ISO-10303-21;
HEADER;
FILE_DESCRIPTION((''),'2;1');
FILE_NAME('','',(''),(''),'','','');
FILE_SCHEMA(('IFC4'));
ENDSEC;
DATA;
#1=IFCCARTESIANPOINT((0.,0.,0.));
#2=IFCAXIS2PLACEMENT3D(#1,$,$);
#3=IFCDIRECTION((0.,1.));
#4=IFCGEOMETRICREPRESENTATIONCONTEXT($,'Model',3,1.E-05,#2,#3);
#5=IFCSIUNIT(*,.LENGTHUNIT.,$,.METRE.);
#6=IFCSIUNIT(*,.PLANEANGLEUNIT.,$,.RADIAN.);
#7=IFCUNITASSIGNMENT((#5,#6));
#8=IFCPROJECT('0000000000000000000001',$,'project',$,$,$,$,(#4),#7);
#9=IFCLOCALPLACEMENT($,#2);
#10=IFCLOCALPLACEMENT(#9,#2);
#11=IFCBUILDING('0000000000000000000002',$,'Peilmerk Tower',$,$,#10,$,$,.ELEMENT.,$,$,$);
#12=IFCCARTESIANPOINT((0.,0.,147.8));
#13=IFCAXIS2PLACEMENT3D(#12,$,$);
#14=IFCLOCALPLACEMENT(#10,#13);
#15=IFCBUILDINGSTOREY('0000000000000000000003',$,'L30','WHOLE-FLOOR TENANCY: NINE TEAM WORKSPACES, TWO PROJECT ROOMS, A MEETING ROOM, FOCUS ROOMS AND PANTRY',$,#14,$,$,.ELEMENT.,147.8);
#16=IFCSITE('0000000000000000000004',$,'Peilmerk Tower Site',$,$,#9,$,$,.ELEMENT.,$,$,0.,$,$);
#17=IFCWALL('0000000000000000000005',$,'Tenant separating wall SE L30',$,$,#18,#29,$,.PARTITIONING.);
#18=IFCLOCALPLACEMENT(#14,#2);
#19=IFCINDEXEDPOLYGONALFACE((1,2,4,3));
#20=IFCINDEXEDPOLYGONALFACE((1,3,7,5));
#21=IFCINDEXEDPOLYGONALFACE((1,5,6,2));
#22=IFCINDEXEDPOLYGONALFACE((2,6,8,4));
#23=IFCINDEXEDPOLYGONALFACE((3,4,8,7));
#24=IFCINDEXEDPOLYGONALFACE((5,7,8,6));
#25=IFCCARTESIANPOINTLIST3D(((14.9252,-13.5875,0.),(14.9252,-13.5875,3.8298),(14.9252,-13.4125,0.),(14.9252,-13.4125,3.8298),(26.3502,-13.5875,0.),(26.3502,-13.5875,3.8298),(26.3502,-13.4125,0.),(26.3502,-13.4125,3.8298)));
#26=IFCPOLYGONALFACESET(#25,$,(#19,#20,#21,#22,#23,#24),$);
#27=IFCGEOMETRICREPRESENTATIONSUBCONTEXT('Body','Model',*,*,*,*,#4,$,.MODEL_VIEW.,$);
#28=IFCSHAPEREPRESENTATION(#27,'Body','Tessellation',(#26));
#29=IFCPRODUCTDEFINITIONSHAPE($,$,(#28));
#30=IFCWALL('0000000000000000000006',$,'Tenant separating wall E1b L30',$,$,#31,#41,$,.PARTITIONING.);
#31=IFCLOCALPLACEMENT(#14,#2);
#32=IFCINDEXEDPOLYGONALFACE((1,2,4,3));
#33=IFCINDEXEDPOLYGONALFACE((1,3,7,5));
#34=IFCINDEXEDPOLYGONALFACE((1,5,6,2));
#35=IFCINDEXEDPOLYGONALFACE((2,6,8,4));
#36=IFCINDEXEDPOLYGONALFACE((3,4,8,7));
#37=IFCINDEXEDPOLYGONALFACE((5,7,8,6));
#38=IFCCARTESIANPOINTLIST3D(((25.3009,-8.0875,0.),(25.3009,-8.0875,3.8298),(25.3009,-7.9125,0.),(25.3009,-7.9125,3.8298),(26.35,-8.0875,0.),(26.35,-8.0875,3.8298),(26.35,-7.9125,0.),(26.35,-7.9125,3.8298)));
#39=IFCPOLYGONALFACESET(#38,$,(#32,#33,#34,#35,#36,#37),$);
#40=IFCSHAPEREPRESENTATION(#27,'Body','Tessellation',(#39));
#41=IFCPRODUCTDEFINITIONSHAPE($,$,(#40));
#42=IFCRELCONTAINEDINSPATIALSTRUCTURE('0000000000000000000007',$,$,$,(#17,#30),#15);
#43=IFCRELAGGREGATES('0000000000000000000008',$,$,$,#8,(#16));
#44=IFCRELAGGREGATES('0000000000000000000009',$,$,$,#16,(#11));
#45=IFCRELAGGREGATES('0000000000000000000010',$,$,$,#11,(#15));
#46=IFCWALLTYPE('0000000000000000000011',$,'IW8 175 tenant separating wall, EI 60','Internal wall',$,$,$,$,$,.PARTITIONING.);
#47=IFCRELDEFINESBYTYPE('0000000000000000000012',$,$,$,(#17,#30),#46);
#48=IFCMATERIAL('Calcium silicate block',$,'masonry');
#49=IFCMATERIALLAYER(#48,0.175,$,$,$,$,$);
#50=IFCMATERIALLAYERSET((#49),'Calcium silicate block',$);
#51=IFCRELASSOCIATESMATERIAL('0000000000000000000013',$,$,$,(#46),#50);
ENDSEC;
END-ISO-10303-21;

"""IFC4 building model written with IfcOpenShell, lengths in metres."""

from ifc_helpers import new_model, si_unit, direction, frame, frame_2d, origin, place, context, subcontext, project, spatial, rectangle, extrude, material, layer, layer_set, type_object, element, save


model = new_model("IFC4")

# Units and contexts
model_context = context("Model", 3, precision=1e-05, world=origin(), true_north=direction((0.0, 1.0)))
body_context = subcontext(model_context, "Body", "Model", "MODEL_VIEW")
ifc_project = project(units=[si_unit("LENGTHUNIT", "METRE"), si_unit("PLANEANGLEUNIT", "RADIAN")], contexts=[model_context])

# Site, building, storey
site_placement = place(None, origin())
site = spatial("IfcSite", under=ifc_project, at=site_placement, Name="Peilmerk Tower Site", CompositionType="ELEMENT", RefElevation=0.0)
building_placement = place(site_placement, origin())
building = spatial("IfcBuilding", under=site, at=building_placement, Name="Peilmerk Tower", CompositionType="ELEMENT")
storey_placement = place(building_placement, frame((0.0, 0.0, 147.8)))
storey = spatial("IfcBuildingStorey", under=building, at=storey_placement, Name="L30", Description="WHOLE-FLOOR TENANCY: NINE TEAM WORKSPACES, TWO PROJECT ROOMS, A MEETING ROOM, FOCUS ROOMS AND PANTRY", CompositionType="ELEMENT", Elevation=147.8)

# Walls
ifc_material_1 = material(Name="Calcium silicate block", Category="masonry")
ifc_layer_1 = layer(ifc_material_1, 0.175)
ifc_layer_set_1 = layer_set([ifc_layer_1], Name="Calcium silicate block")
wall_type_1 = type_object("IfcWallType", Name="IW8 175 tenant separating wall, EI 60", Description="Internal wall", PredefinedType="PARTITIONING", material=ifc_layer_set_1)
wall_1_placement = place(storey_placement, frame((26.3501, -13.5, 0.0), z_axis=(0.0, 0.0, 1.0), x_axis=(-1.0, 0.0, 0.0)))
element("IfcWall", 1, at=wall_1_placement, inside=storey, type_object=wall_type_1, Name="Tenant separating wall SE L30", PredefinedType="PARTITIONING", context=body_context, shape_type="SweptSolid", body=[
    extrude(rectangle(XDim=11.425, YDim=0.175, at=frame_2d((5.7124, 0.0))), origin(), (0.0, 0.0, 1.0), 3.8298),
])
wall_2_placement = place(storey_placement, frame((25.301, -8.0, 0.0), z_axis=(0.0, 0.0, 1.0), x_axis=(1.0, 0.0, 0.0)))
element("IfcWall", 2, at=wall_2_placement, inside=storey, type_object=wall_type_1, Name="Tenant separating wall E1b L30", PredefinedType="PARTITIONING", context=body_context, shape_type="SweptSolid", body=[
    extrude(rectangle(XDim=1.0491, YDim=0.175, at=frame_2d((0.5244, 0.0))), origin(), (0.0, 0.0, 1.0), 3.8298),
])

save(model, "model.ifc")
